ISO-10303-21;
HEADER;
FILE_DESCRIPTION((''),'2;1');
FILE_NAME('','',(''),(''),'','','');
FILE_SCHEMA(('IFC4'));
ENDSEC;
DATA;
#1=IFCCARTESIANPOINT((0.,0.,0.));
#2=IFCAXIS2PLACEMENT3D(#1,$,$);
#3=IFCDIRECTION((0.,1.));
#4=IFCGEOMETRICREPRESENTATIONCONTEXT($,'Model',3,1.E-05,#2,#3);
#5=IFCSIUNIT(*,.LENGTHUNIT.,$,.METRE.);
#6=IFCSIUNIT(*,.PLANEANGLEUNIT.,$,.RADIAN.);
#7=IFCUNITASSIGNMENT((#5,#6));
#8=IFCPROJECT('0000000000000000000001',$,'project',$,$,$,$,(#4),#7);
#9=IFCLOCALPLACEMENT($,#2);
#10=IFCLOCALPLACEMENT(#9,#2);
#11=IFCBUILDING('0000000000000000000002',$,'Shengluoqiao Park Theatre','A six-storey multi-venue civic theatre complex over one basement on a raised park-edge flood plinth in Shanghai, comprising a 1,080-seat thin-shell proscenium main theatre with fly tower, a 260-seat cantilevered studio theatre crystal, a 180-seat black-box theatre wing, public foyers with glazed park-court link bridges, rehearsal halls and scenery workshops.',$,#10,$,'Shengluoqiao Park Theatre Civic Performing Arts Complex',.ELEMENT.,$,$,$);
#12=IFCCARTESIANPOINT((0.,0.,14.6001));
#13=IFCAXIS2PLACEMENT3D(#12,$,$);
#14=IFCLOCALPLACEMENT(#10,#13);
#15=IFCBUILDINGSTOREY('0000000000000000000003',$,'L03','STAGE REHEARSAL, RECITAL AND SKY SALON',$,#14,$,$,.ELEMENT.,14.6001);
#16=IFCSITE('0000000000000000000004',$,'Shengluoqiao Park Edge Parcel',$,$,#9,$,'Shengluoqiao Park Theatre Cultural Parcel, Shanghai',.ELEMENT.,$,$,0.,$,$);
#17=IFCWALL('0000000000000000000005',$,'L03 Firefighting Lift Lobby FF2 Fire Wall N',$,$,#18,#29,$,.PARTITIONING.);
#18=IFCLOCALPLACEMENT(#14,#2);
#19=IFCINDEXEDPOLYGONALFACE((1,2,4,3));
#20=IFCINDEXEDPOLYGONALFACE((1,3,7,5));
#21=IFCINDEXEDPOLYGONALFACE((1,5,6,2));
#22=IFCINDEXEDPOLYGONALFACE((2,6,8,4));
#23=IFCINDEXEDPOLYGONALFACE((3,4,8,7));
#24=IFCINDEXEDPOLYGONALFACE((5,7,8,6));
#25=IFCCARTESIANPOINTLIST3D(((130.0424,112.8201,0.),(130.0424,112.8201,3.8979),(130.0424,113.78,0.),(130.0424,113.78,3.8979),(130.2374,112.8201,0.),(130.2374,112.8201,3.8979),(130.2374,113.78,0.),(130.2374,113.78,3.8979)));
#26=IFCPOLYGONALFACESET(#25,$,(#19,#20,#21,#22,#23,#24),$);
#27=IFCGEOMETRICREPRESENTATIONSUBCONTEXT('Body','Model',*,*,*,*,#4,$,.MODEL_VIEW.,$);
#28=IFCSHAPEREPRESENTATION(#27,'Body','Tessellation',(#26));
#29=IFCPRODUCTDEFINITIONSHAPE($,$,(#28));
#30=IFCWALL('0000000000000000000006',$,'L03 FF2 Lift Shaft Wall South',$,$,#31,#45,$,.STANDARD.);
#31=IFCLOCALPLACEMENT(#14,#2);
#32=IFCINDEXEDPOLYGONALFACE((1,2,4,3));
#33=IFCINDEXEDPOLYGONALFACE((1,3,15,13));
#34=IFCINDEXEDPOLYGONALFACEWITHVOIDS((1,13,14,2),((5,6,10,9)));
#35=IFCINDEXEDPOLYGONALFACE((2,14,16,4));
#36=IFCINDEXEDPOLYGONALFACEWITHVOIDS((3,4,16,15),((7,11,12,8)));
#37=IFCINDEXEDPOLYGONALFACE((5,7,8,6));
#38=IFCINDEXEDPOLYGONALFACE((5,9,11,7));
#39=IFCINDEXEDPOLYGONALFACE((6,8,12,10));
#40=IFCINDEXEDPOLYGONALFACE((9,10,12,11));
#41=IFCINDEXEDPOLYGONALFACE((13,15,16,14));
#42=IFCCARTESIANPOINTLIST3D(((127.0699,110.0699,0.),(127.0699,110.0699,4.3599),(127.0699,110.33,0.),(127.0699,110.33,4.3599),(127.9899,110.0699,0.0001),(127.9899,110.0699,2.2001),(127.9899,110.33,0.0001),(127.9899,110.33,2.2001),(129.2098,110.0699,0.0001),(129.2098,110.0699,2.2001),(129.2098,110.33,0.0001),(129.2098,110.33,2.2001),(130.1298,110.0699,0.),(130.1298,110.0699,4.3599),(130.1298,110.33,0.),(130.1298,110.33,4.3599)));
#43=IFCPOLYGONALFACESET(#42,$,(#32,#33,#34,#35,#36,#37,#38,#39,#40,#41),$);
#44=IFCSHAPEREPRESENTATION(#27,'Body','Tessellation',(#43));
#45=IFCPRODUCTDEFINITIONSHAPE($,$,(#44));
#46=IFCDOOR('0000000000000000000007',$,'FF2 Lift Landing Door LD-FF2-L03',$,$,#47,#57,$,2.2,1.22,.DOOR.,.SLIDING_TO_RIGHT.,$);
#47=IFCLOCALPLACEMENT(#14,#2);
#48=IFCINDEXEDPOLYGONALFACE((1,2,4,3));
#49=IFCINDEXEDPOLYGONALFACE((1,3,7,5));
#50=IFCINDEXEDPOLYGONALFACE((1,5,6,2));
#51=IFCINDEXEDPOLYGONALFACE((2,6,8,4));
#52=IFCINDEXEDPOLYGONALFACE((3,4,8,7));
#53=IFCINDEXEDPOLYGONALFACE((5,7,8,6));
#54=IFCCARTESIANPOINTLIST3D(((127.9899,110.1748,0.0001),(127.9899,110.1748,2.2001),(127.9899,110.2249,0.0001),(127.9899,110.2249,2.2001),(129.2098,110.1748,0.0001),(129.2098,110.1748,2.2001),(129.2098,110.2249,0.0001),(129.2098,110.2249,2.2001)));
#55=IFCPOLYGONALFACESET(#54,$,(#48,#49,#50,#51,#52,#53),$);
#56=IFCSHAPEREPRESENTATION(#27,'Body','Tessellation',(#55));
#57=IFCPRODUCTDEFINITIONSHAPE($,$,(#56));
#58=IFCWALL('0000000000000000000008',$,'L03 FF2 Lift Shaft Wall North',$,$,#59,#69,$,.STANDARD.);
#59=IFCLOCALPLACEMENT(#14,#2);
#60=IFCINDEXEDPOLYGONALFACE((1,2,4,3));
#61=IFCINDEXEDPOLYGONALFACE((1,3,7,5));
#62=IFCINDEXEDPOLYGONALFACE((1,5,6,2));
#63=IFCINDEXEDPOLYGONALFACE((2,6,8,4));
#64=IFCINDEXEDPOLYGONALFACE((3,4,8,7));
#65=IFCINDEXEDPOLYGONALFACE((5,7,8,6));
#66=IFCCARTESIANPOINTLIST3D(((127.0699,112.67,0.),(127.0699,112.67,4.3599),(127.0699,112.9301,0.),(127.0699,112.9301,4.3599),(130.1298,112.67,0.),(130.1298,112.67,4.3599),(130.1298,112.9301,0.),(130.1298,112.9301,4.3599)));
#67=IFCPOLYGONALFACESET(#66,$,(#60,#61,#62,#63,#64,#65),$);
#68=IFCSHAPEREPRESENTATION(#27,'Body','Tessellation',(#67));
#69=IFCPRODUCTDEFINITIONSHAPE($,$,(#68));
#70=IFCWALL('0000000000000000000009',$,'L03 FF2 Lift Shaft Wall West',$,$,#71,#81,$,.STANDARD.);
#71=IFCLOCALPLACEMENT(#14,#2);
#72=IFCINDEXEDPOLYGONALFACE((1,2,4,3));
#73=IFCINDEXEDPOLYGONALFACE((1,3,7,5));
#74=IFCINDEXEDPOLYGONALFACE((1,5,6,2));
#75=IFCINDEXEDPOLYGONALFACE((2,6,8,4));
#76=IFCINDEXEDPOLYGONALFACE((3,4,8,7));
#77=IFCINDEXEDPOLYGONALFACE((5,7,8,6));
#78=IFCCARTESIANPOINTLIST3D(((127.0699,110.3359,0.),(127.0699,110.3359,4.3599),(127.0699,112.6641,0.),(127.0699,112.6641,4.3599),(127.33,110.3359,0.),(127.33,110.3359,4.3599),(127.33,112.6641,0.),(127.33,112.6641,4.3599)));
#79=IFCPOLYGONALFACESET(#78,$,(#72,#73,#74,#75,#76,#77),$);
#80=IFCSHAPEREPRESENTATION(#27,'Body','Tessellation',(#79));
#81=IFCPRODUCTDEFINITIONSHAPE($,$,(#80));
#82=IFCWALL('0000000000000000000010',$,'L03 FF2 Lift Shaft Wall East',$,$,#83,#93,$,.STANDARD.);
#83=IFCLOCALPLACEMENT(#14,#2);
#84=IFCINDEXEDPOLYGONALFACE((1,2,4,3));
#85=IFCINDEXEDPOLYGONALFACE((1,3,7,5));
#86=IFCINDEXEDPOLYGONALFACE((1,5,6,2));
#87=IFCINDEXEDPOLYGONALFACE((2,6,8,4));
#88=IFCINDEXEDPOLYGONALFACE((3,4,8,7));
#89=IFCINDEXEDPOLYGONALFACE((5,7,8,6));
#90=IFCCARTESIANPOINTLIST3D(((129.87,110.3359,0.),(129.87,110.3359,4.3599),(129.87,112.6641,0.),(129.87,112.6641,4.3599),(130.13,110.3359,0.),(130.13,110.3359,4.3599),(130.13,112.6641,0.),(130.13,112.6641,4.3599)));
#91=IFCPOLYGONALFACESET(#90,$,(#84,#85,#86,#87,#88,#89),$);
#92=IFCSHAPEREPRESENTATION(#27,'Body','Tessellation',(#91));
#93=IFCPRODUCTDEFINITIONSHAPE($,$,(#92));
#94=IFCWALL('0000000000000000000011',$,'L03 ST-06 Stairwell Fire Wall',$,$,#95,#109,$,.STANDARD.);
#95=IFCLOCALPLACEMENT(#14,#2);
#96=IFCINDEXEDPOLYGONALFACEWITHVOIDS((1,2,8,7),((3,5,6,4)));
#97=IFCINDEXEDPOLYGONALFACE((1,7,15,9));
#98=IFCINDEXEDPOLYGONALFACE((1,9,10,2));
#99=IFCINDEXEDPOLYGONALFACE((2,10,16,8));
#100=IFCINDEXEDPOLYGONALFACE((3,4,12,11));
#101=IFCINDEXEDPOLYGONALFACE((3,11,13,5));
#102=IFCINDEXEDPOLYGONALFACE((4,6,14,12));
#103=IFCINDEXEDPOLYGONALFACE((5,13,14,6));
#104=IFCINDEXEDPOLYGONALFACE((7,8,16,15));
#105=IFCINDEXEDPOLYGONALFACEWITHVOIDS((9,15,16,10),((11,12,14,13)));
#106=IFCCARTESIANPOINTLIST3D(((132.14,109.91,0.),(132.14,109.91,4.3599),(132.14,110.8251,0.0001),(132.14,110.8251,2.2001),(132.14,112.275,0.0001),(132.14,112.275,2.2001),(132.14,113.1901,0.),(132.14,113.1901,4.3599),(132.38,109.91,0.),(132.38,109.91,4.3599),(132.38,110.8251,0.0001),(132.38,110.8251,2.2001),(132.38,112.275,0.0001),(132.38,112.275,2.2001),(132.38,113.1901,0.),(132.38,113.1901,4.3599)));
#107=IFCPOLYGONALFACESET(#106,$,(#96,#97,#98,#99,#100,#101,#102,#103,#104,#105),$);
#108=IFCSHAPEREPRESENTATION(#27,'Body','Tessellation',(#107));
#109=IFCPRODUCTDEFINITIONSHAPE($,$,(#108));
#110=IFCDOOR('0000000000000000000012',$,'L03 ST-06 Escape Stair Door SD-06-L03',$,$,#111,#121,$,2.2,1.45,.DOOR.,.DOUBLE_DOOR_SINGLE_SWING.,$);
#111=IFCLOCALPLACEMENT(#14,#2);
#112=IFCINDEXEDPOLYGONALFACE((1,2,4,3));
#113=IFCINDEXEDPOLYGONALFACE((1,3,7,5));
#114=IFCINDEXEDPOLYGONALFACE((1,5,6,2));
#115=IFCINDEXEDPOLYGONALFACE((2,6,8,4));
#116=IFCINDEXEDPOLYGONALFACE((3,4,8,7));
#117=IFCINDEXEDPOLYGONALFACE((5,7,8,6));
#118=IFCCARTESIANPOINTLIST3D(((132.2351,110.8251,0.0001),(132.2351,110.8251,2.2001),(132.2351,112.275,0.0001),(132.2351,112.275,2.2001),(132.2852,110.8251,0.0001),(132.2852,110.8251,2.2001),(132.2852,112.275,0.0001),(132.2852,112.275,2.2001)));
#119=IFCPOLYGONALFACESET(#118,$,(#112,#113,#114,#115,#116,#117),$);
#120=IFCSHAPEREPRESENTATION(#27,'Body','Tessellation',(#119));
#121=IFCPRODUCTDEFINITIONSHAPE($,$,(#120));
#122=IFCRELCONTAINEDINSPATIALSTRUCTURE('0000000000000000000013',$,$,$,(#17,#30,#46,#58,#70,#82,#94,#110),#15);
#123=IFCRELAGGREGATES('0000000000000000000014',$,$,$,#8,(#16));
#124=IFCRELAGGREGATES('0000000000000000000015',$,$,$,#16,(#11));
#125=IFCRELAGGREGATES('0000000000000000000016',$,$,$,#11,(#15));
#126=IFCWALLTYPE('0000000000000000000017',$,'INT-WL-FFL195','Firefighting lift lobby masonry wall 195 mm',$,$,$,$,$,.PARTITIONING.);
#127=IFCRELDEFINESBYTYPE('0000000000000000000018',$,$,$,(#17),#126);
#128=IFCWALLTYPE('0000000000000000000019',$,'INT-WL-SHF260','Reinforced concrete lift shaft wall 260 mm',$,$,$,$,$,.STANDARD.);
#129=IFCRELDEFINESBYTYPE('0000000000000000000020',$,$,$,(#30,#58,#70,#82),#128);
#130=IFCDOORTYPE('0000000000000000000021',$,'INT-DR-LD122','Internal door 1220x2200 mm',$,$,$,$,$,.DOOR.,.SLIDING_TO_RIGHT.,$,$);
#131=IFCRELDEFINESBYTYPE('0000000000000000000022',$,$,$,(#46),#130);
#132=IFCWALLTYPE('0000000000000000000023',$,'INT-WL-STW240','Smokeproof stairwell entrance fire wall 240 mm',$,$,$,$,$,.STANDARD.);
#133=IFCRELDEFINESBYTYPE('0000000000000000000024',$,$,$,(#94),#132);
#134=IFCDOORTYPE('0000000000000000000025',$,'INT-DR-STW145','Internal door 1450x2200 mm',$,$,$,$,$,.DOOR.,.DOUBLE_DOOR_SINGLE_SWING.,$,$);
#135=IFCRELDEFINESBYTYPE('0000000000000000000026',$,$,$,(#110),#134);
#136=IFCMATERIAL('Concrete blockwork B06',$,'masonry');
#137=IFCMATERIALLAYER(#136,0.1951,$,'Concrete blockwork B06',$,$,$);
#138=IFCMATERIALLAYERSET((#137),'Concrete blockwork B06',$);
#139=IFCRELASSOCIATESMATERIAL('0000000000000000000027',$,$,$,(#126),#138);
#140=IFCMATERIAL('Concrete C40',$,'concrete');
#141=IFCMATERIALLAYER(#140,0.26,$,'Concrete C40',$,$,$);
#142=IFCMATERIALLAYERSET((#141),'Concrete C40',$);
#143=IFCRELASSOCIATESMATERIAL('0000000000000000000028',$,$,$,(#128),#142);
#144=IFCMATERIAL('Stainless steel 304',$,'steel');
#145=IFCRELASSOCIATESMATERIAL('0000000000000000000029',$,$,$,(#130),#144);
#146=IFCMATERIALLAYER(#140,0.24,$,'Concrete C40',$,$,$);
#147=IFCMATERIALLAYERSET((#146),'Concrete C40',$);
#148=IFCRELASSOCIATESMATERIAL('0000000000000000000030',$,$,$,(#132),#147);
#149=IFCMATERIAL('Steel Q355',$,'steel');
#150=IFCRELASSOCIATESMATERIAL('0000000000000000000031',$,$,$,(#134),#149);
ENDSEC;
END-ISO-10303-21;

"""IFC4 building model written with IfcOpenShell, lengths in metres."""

from ifc_helpers import new_model, si_unit, direction, frame, frame_2d, origin, place, context, subcontext, project, spatial, rectangle, extrude, material, layer, layer_set, type_object, element, fill, save


model = new_model("IFC4")

# Units and contexts
model_context = context("Model", 3, precision=1e-05, world=origin(), true_north=direction((0.0, 1.0)))
body_context = subcontext(model_context, "Body", "Model", "MODEL_VIEW")
ifc_project = project(units=[si_unit("LENGTHUNIT", "METRE"), si_unit("PLANEANGLEUNIT", "RADIAN")], contexts=[model_context])

# Site, building, storey
site_placement = place(None, origin())
site = spatial("IfcSite", under=ifc_project, at=site_placement, Name="Shengluoqiao Park Edge Parcel", LongName="Shengluoqiao Park Theatre Cultural Parcel, Shanghai", CompositionType="ELEMENT", RefElevation=0.0)
building_placement = place(site_placement, origin())
building = spatial("IfcBuilding", under=site, at=building_placement, Name="Shengluoqiao Park Theatre", Description="A six-storey multi-venue civic theatre complex over one basement on a raised park-edge flood plinth in Shanghai, comprising a 1,080-seat thin-shell proscenium main theatre with fly tower, a 260-seat cantilevered studio theatre crystal, a 180-seat black-box theatre wing, public foyers with glazed park-court link bridges, rehearsal halls and scenery workshops.", LongName="Shengluoqiao Park Theatre Civic Performing Arts Complex", CompositionType="ELEMENT")
storey_placement = place(building_placement, frame((0.0, 0.0, 14.6001)))
storey = spatial("IfcBuildingStorey", under=building, at=storey_placement, Name="L03", Description="STAGE REHEARSAL, RECITAL AND SKY SALON", CompositionType="ELEMENT", Elevation=14.6001)

# Shared definitions
ifc_material_1 = material(Name="Concrete C40", Category="concrete")

# Shared definitions
ifc_material_2 = material(Name="Steel Q355", Category="steel")

# Shared definitions
ifc_material_3 = material(Name="Concrete blockwork B06", Category="masonry")
ifc_layer_1 = layer(ifc_material_3, 0.1951, Name="Concrete blockwork B06")
ifc_layer_set_1 = layer_set([ifc_layer_1], Name="Concrete blockwork B06")
wall_type_1 = type_object("IfcWallType", Name="INT-WL-FFL195", Description="Firefighting lift lobby masonry wall 195 mm", PredefinedType="PARTITIONING", material=ifc_layer_set_1)

# Wall
wall_1_placement = place(storey_placement, frame((130.1399, 112.8201, 0.0), z_axis=(0.0, 0.0, 1.0), x_axis=(0.0, 1.0, 0.0)))
element("IfcWall", 1, at=wall_1_placement, inside=storey, type_object=wall_type_1, Name="L03 Firefighting Lift Lobby FF2 Fire Wall N", PredefinedType="PARTITIONING", context=body_context, shape_type="SweptSolid", body=[
    extrude(rectangle(XDim=0.96, YDim=0.1951, at=frame_2d((0.48, 0.0))), origin(), (0.0, 0.0, 1.0), 3.8979),
])

# Wall, opening, door
ifc_layer_2 = layer(ifc_material_1, 0.26, Name="Concrete C40")
ifc_layer_set_2 = layer_set([ifc_layer_2], Name="Concrete C40")
wall_type_2 = type_object("IfcWallType", Name="INT-WL-SHF260", Description="Reinforced concrete lift shaft wall 260 mm", PredefinedType="STANDARD", material=ifc_layer_set_2)
wall_2_placement = place(storey_placement, frame((127.0701, 110.2, 0.0), z_axis=(0.0, 0.0, 1.0), x_axis=(1.0, 0.0, 0.0)))
wall_2 = element("IfcWall", 2, at=wall_2_placement, inside=storey, type_object=wall_type_2, Name="L03 FF2 Lift Shaft Wall South", PredefinedType="STANDARD", context=body_context, shape_type="SweptSolid", body=[
    extrude(rectangle(XDim=3.0598, YDim=0.26, at=frame_2d((1.5298, 0.0))), origin(), (0.0, 0.0, 1.0), 4.3599),
])
opening_1_placement = place(wall_2_placement, frame((0.9199, 0.0, 0.0)))
opening_1 = element("IfcOpeningElement", 3, at=opening_1_placement, cuts=wall_2, PredefinedType="OPENING", context=body_context, shape_type="SweptSolid", body=[
    extrude(rectangle(XDim=1.22, YDim=2.2, at=frame_2d((0.6099, 1.1001))), frame((0.0, 0.1399, 0.0), z_axis=(0.0, -1.0, 0.0), x_axis=(1.0, 0.0, 0.0)), (0.0, 0.0, 1.0), 0.28),
])
ifc_material_4 = material(Name="Stainless steel 304", Category="steel")
door_type_1 = type_object("IfcDoorType", Name="INT-DR-LD122", Description="Internal door 1220x2200 mm", OperationType="SLIDING_TO_RIGHT", PredefinedType="DOOR", material=ifc_material_4)
door_1_placement = place(opening_1_placement, origin())
door_1 = element("IfcDoor", 4, at=door_1_placement, inside=storey, type_object=door_type_1, Name="FF2 Lift Landing Door LD-FF2-L03", OperationType="SLIDING_TO_RIGHT", OverallHeight=2.2, OverallWidth=1.22, PredefinedType="DOOR", context=body_context, shape_type="SweptSolid", body=[
    extrude(rectangle(XDim=1.22, YDim=2.2, at=frame_2d((0.6099, 1.1001))), frame((0.0, 0.0249, 0.0), z_axis=(0.0, -1.0, 0.0), x_axis=(1.0, 0.0, 0.0)), (0.0, 0.0, 1.0), 0.05),
])
fill(opening_1, door_1)

# Walls
wall_3_placement = place(storey_placement, frame((127.0701, 112.8, 0.0), z_axis=(0.0, 0.0, 1.0), x_axis=(1.0, 0.0, 0.0)))
element("IfcWall", 5, at=wall_3_placement, inside=storey, type_object=wall_type_2, Name="L03 FF2 Lift Shaft Wall North", PredefinedType="STANDARD", context=body_context, shape_type="SweptSolid", body=[
    extrude(rectangle(XDim=3.0598, YDim=0.26, at=frame_2d((1.5298, 0.0))), origin(), (0.0, 0.0, 1.0), 4.3599),
])
for number, where, z_axis, x_axis, name in (
    (6, (127.2, 110.3359, 0.0), (0.0, 0.0, 1.0), (0.0, 1.0, 0.0), "L03 FF2 Lift Shaft Wall West"),
    (7, (130.0, 110.3359, 0.0), (0.0, 0.0, 1.0), (0.0, 1.0, 0.0), "L03 FF2 Lift Shaft Wall East"),
):
    element("IfcWall", number, at=place(storey_placement, frame(where, z_axis=z_axis, x_axis=x_axis)), inside=storey, type_object=wall_type_2, Name=name, PredefinedType="STANDARD", context=body_context, shape_type="SweptSolid", body=[
        extrude(rectangle(XDim=2.3281, YDim=0.26, at=frame_2d((1.1641, 0.0))), origin(), (0.0, 0.0, 1.0), 4.3599),
    ])

# Wall, opening, door
ifc_layer_3 = layer(ifc_material_1, 0.24, Name="Concrete C40")
ifc_layer_set_3 = layer_set([ifc_layer_3], Name="Concrete C40")
wall_type_3 = type_object("IfcWallType", Name="INT-WL-STW240", Description="Smokeproof stairwell entrance fire wall 240 mm", PredefinedType="STANDARD", material=ifc_layer_set_3)
wall_4_placement = place(storey_placement, frame((132.26, 109.9099, 0.0), z_axis=(0.0, 0.0, 1.0), x_axis=(0.0, 1.0, 0.0)))
wall_4 = element("IfcWall", 8, at=wall_4_placement, inside=storey, type_object=wall_type_3, Name="L03 ST-06 Stairwell Fire Wall", PredefinedType="STANDARD", context=body_context, shape_type="SweptSolid", body=[
    extrude(rectangle(XDim=3.28, YDim=0.24, at=frame_2d((1.6401, 0.0))), origin(), (0.0, 0.0, 1.0), 4.3599),
])
opening_2_placement = place(wall_4_placement, frame((0.915, 0.0, 0.0)))
opening_2 = element("IfcOpeningElement", 9, at=opening_2_placement, cuts=wall_4, PredefinedType="OPENING", context=body_context, shape_type="SweptSolid", body=[
    extrude(rectangle(XDim=1.45, YDim=2.2, at=frame_2d((0.7251, 1.1001))), frame((0.0, 0.1299, 0.0), z_axis=(0.0, -1.0, 0.0), x_axis=(1.0, 0.0, 0.0)), (0.0, 0.0, 1.0), 0.26),
])
door_type_2 = type_object("IfcDoorType", Name="INT-DR-STW145", Description="Internal door 1450x2200 mm", OperationType="DOUBLE_DOOR_SINGLE_SWING", PredefinedType="DOOR", material=ifc_material_2)
door_2_placement = place(opening_2_placement, origin())
door_2 = element("IfcDoor", 10, at=door_2_placement, inside=storey, type_object=door_type_2, Name="L03 ST-06 Escape Stair Door SD-06-L03", OperationType="DOUBLE_DOOR_SINGLE_SWING", OverallHeight=2.2, OverallWidth=1.45, PredefinedType="DOOR", context=body_context, shape_type="SweptSolid", body=[
    extrude(rectangle(XDim=1.45, YDim=2.2, at=frame_2d((0.7251, 1.1001))), frame((0.0, 0.0249, 0.0), z_axis=(0.0, -1.0, 0.0), x_axis=(1.0, 0.0, 0.0)), (0.0, 0.0, 1.0), 0.05),
])
fill(opening_2, door_2)

save(model, "model.ifc")
